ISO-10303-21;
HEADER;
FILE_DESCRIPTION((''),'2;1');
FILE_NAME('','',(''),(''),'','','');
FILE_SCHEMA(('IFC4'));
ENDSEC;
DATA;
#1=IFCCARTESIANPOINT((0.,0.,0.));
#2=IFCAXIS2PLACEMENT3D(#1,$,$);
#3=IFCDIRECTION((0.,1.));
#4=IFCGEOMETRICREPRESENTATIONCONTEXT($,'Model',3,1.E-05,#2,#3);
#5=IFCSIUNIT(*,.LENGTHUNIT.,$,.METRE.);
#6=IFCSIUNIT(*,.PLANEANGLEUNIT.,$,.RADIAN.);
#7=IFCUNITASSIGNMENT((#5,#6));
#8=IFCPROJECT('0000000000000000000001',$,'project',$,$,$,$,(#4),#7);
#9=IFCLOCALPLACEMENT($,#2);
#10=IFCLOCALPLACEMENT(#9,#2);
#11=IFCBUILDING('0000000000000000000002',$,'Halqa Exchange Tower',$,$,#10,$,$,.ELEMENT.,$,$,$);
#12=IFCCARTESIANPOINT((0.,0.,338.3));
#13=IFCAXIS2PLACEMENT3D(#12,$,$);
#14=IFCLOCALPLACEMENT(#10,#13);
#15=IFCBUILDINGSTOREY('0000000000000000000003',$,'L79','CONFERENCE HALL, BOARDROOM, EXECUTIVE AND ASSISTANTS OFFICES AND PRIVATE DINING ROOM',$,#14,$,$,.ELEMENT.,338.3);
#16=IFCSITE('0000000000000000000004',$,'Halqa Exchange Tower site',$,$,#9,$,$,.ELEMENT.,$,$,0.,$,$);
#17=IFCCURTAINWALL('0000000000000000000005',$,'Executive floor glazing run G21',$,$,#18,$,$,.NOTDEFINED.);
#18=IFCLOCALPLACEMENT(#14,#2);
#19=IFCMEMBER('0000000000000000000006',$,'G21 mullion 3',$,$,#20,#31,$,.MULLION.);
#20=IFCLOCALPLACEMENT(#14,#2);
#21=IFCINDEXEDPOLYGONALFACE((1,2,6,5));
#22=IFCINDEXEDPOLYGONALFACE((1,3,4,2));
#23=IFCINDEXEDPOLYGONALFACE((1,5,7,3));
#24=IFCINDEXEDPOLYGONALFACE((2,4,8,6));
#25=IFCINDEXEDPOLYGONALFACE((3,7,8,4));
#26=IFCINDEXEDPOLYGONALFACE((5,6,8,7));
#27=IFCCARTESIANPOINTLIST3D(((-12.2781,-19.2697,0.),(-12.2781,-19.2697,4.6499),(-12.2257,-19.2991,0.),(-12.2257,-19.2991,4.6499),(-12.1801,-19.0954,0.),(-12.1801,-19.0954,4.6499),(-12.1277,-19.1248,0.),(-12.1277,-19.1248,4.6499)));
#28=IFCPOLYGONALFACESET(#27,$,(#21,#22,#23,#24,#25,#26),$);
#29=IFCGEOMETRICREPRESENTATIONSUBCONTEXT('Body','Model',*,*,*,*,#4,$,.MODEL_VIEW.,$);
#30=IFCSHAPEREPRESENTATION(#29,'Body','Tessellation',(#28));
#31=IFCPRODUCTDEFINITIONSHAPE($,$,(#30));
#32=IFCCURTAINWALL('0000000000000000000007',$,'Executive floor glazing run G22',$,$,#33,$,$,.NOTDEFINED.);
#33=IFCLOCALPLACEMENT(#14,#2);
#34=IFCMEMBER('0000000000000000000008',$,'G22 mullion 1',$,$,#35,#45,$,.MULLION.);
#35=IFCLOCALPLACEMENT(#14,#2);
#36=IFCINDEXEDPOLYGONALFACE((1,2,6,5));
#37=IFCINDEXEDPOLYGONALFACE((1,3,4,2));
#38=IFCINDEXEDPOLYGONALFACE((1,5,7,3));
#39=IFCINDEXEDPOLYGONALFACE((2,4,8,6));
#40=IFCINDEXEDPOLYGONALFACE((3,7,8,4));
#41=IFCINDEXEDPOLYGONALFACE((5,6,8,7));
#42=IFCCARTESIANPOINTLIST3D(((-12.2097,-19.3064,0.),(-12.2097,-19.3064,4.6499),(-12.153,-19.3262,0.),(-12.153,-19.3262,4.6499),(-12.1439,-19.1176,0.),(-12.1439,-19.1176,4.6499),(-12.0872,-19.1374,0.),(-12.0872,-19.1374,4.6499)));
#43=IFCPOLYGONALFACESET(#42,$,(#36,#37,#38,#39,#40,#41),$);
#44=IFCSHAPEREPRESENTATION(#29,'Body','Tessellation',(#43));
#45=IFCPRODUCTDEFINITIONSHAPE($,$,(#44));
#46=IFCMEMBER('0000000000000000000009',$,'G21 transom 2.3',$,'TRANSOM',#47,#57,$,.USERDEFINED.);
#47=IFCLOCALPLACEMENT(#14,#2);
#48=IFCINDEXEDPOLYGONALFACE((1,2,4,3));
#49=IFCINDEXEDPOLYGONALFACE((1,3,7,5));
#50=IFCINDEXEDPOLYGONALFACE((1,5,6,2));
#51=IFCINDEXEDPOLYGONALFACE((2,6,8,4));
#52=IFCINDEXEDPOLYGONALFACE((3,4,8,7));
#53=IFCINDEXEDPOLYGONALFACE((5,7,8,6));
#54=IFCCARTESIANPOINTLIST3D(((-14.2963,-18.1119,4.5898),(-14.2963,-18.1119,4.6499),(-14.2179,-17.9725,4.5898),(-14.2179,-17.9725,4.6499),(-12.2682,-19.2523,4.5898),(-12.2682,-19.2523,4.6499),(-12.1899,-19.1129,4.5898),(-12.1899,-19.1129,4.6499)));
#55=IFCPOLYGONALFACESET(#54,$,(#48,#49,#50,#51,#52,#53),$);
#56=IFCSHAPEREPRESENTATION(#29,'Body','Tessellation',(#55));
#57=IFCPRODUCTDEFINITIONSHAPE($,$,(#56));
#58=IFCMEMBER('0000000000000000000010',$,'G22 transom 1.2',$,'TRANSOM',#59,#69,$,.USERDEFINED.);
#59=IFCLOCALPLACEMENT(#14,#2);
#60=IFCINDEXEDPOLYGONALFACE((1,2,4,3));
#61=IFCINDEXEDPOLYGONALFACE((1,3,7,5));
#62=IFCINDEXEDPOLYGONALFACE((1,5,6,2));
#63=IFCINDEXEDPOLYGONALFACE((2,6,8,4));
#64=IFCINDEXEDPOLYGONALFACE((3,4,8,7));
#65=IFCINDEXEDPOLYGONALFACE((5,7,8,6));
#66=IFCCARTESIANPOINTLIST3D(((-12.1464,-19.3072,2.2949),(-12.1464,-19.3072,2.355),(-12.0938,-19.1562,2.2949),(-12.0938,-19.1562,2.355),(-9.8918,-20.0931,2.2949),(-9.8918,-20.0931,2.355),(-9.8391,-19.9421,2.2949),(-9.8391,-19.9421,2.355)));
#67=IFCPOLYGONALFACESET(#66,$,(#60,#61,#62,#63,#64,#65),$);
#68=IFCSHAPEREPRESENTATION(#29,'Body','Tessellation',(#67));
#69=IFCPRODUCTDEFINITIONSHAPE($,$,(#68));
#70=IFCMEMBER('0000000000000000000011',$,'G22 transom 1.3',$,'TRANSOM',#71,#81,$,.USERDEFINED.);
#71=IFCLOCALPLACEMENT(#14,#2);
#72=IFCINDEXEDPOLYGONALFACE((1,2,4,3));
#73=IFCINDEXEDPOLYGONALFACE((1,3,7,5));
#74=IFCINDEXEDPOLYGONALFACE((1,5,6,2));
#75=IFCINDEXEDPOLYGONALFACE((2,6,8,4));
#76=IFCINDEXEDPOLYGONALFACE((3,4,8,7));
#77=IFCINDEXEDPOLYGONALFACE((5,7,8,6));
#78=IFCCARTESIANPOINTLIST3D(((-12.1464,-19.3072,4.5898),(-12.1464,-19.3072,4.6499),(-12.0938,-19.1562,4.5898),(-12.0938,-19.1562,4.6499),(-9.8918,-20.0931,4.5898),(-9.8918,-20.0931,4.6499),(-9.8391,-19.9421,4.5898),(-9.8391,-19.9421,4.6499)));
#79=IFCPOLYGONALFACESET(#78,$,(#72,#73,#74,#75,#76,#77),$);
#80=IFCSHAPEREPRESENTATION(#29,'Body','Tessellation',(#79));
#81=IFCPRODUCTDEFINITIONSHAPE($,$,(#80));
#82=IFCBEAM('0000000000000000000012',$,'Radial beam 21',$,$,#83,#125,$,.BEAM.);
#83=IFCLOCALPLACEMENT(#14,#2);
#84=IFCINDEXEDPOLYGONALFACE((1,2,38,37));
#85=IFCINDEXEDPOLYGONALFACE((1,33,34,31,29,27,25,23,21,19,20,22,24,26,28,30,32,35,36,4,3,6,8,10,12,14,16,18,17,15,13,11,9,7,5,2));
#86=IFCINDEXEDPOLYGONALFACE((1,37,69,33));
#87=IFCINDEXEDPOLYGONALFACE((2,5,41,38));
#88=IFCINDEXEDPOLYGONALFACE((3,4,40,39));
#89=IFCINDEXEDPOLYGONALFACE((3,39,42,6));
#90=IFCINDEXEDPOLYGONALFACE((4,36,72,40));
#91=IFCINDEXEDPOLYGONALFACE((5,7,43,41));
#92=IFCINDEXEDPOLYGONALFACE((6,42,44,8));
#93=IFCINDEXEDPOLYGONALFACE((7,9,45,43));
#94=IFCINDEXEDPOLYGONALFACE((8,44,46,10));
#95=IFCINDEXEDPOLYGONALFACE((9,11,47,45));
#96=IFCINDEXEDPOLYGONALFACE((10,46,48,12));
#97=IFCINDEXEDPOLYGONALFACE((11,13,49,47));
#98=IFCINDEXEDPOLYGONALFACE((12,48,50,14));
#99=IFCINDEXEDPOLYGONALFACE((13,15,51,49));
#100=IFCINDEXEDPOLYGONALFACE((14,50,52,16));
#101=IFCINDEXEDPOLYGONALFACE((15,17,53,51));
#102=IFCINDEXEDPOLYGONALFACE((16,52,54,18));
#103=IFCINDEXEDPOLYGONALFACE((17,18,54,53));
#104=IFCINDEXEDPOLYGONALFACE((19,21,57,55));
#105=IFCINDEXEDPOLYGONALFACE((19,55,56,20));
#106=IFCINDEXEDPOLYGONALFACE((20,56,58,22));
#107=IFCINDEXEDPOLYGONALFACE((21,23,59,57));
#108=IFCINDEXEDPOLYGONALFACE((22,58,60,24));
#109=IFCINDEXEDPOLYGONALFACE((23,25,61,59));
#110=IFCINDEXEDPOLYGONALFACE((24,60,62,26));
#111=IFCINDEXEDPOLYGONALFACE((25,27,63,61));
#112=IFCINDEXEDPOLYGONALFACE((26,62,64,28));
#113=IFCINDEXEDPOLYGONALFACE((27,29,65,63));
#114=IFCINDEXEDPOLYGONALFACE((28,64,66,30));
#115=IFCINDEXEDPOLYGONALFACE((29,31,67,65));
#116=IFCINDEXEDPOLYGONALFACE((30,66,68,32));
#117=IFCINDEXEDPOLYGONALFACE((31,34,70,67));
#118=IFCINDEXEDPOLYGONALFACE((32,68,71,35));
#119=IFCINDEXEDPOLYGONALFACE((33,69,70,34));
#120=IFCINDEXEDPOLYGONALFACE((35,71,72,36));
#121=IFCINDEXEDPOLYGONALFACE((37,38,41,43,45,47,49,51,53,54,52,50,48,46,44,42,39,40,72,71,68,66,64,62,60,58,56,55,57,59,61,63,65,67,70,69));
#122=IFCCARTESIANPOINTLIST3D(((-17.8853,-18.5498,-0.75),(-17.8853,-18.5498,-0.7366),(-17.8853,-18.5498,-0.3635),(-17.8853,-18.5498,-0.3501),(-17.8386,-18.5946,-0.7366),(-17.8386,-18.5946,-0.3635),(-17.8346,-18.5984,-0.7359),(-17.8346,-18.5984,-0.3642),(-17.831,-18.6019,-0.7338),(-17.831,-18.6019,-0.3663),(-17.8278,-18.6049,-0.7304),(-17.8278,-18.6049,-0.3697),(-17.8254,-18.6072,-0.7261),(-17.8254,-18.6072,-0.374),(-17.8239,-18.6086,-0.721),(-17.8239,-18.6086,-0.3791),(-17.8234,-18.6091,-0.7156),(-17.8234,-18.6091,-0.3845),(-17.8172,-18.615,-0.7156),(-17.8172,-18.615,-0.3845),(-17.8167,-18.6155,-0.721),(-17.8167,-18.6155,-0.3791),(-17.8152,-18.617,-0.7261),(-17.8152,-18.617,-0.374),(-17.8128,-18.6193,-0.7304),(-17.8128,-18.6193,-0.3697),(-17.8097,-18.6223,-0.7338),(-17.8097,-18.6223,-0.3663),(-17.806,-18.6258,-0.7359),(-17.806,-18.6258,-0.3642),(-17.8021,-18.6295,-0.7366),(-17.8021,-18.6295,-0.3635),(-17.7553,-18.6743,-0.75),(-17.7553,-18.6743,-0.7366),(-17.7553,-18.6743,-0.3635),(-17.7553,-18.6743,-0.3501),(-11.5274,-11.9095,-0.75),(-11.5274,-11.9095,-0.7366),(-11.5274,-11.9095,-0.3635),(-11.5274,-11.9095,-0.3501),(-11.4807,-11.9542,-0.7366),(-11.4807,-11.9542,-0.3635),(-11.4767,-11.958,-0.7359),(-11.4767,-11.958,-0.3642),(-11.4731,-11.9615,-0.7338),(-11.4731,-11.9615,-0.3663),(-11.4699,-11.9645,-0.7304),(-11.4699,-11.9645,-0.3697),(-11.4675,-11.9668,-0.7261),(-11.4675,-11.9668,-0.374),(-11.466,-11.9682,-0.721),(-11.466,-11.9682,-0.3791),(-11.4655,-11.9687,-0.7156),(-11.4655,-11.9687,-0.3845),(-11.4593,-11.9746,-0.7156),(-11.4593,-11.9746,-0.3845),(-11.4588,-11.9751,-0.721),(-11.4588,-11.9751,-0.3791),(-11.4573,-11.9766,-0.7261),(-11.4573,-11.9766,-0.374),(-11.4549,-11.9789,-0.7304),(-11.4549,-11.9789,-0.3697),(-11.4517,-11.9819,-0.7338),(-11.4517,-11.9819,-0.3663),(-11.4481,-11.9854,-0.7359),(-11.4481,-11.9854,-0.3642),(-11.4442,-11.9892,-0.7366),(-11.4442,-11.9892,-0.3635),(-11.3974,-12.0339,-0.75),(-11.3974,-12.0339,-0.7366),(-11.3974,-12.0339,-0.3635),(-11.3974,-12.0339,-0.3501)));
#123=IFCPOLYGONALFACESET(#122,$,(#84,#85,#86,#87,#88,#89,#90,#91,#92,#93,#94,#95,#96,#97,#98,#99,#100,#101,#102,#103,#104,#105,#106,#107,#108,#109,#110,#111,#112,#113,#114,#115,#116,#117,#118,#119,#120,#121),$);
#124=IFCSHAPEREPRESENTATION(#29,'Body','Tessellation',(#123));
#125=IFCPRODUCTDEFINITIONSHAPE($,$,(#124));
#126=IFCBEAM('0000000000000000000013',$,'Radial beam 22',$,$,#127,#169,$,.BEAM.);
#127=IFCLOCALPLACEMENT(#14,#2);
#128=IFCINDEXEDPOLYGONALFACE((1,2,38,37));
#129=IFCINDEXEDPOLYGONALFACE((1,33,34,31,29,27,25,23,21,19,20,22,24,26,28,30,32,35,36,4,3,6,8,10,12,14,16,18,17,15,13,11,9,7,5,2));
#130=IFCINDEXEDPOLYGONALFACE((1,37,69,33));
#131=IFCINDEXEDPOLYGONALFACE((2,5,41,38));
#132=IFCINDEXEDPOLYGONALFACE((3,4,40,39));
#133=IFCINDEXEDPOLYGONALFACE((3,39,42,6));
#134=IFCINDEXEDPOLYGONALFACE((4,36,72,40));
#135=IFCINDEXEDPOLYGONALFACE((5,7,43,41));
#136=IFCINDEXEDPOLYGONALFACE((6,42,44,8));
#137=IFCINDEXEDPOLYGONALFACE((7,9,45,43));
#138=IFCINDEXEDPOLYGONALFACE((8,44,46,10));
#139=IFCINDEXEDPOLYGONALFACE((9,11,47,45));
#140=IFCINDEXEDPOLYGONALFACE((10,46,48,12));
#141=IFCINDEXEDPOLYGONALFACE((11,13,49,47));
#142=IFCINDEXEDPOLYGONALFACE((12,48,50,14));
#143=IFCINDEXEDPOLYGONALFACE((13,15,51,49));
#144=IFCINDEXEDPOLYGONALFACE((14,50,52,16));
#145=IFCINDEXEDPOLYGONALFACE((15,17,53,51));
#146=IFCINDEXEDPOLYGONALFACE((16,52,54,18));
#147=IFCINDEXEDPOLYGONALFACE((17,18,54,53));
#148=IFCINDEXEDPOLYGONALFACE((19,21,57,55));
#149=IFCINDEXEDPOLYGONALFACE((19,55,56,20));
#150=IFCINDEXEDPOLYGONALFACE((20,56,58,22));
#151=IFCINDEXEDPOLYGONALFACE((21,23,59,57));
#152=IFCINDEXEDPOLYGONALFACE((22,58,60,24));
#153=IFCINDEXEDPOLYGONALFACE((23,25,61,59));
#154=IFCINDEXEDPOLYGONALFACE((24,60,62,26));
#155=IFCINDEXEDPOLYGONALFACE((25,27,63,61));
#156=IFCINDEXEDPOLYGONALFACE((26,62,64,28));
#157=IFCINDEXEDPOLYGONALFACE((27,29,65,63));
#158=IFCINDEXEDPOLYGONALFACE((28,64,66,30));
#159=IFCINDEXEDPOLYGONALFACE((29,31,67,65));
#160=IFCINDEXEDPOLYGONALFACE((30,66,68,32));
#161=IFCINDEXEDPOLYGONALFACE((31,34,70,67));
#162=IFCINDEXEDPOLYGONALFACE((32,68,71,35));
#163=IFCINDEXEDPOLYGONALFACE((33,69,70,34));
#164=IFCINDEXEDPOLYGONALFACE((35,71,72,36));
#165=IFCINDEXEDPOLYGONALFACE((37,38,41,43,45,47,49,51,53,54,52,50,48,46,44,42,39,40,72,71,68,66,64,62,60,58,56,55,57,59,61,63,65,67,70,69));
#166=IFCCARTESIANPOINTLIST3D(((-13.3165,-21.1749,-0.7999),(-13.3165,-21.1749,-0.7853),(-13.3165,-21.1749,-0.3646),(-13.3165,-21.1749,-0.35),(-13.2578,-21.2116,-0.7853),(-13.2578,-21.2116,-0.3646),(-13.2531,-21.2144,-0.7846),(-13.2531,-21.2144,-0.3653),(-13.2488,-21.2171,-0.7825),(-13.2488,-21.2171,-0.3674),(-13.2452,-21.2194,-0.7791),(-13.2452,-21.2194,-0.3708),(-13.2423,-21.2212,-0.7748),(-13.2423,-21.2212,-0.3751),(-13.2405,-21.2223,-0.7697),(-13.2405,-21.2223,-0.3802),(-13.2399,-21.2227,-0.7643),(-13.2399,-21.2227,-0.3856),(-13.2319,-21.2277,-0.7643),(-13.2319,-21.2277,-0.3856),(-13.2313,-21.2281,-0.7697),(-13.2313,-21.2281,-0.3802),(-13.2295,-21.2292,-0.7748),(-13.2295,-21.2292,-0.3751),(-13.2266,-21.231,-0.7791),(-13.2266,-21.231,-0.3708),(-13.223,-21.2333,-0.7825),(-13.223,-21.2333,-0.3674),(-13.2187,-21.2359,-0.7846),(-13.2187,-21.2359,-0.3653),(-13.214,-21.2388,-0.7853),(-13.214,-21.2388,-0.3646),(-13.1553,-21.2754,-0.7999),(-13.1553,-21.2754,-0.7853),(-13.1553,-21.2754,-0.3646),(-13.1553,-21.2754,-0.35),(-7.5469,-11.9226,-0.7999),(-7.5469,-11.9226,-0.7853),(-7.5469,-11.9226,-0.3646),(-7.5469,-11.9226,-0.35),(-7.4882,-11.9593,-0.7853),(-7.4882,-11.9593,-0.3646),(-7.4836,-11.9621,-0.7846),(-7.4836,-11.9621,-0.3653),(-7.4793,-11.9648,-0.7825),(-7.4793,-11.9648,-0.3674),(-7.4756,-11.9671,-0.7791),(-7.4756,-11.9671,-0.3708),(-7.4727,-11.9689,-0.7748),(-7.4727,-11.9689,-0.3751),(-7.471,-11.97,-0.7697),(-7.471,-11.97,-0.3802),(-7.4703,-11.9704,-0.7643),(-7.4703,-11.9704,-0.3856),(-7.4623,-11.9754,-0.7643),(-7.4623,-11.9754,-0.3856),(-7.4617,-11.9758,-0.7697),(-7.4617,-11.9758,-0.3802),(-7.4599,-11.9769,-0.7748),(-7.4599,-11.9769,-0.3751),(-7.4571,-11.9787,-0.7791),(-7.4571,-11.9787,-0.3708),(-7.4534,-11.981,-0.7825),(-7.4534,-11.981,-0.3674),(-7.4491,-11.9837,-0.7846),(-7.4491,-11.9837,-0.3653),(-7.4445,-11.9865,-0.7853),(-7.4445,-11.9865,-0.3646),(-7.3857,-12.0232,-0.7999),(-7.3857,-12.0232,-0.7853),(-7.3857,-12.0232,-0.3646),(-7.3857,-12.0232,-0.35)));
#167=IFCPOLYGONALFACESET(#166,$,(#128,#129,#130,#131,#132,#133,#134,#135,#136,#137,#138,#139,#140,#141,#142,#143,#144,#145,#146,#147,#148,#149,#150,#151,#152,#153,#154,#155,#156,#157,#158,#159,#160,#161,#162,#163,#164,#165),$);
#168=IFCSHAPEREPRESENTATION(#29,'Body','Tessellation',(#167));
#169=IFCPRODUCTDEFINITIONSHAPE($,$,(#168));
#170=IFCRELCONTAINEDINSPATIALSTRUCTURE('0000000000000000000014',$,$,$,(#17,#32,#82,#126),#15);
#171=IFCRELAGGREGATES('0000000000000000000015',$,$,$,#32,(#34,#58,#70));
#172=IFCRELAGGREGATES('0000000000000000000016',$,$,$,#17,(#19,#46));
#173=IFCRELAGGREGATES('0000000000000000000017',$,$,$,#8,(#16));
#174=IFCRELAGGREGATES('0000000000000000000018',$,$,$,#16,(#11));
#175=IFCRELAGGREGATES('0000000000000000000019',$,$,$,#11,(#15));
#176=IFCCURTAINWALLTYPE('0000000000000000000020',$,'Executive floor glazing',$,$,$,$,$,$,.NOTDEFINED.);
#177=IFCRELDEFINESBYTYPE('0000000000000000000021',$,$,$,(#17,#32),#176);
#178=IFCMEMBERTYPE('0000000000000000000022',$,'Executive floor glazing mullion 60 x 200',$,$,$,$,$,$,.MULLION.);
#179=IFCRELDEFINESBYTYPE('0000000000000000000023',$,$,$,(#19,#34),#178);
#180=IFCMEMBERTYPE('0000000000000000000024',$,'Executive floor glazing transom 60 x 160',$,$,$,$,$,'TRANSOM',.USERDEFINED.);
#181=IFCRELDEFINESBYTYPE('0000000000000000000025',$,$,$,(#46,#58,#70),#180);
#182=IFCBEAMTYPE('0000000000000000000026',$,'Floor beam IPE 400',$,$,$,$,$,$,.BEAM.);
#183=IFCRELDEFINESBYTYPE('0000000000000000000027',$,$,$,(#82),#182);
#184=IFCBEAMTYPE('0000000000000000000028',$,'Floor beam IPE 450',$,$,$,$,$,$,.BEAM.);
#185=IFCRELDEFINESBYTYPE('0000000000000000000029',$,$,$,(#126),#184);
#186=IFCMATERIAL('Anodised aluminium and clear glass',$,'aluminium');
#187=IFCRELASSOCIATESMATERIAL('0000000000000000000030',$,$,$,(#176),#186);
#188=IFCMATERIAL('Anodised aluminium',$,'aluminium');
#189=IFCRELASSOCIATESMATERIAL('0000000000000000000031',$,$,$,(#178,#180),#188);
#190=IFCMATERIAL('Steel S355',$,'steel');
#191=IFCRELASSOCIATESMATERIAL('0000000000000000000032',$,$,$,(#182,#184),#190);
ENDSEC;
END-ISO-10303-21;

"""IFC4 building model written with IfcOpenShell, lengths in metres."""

from ifc_helpers import new_model, si_unit, direction, frame, origin, origin_2d, place, context, subcontext, project, spatial, rectangle, i_section, extrude, material, material_profile, profile_set, type_object, element, aggregate, save


model = new_model("IFC4")

# Units and contexts
model_context = context("Model", 3, precision=1e-05, world=origin(), true_north=direction((0.0, 1.0)))
body_context = subcontext(model_context, "Body", "Model", "MODEL_VIEW")
ifc_project = project(units=[si_unit("LENGTHUNIT", "METRE"), si_unit("PLANEANGLEUNIT", "RADIAN")], contexts=[model_context])

# Site, building, storey
site_placement = place(None, origin())
site = spatial("IfcSite", under=ifc_project, at=site_placement, Name="Halqa Exchange Tower site", CompositionType="ELEMENT", RefElevation=0.0)
building_placement = place(site_placement, origin())
building = spatial("IfcBuilding", under=site, at=building_placement, Name="Halqa Exchange Tower", CompositionType="ELEMENT")
storey_placement = place(building_placement, frame((0.0, 0.0, 338.3)))
storey = spatial("IfcBuildingStorey", under=building, at=storey_placement, Name="L79", Description="CONFERENCE HALL, BOARDROOM, EXECUTIVE AND ASSISTANTS OFFICES AND PRIVATE DINING ROOM", CompositionType="ELEMENT", Elevation=338.3)

# Curtain walls, members
ifc_material_1 = material(Name="Anodised aluminium and clear glass", Category="aluminium")
curtain_wall_type = type_object("IfcCurtainWallType", Name="Executive floor glazing", PredefinedType="NOTDEFINED", material=ifc_material_1)
curtain_wall_1_placement = place(storey_placement, origin())
curtain_wall_1 = element("IfcCurtainWall", 1, at=curtain_wall_1_placement, inside=storey, type_object=curtain_wall_type, Name="Executive floor glazing run G21", PredefinedType="NOTDEFINED")
ifc_material_2 = material(Name="Anodised aluminium", Category="aluminium")
ifc_material_profile_1 = material_profile(ifc_material_2, rectangle(XDim=0.2, YDim=0.0601, at=origin_2d()), Name="AL 60x200")
ifc_profile_set_1 = profile_set([ifc_material_profile_1], Name="Anodised aluminium")
member_type_1 = type_object("IfcMemberType", Name="Executive floor glazing mullion 60 x 200", PredefinedType="MULLION", material=ifc_profile_set_1)
member_1_placement = place(storey_placement, frame((-12.2029, -19.1973, 0.0), z_axis=(0.0, 0.0, 1.0), x_axis=(0.490158, 0.871634, 0.0)))
member_1 = element("IfcMember", 2, at=member_1_placement, type_object=member_type_1, Name="G21 mullion 3", PredefinedType="MULLION", context=body_context, shape_type="SweptSolid", body=[
    extrude(rectangle(XDim=0.2, YDim=0.0601, at=origin_2d()), origin(), (0.0, 0.0, 1.0), 4.6499),
])
curtain_wall_2_placement = place(storey_placement, origin())
curtain_wall_2 = element("IfcCurtainWall", 3, at=curtain_wall_2_placement, inside=storey, type_object=curtain_wall_type, Name="Executive floor glazing run G22", PredefinedType="NOTDEFINED")
member_2_placement = place(storey_placement, frame((-12.1484, -19.2219, 0.0), z_axis=(0.0, 0.0, 1.0), x_axis=(0.32916, 0.944274, 0.0)))
member_2 = element("IfcMember", 4, at=member_2_placement, type_object=member_type_1, Name="G22 mullion 1", PredefinedType="MULLION", context=body_context, shape_type="SweptSolid", body=[
    extrude(rectangle(XDim=0.2, YDim=0.0601, at=origin_2d()), origin(), (0.0, 0.0, 1.0), 4.6499),
])

# Members
ifc_material_profile_2 = material_profile(ifc_material_2, rectangle(XDim=0.1599, YDim=0.0601, at=origin_2d()), Name="AL 60x160")
ifc_profile_set_2 = profile_set([ifc_material_profile_2], Name="Anodised aluminium")
member_type_2 = type_object("IfcMemberType", Name="Executive floor glazing transom 60 x 160", ElementType="TRANSOM", PredefinedType="USERDEFINED", material=ifc_profile_set_2)
member_3_placement = place(storey_placement, frame((-14.2571, -18.0422, 4.6199), z_axis=(0.871651, -0.490127, 0.0), x_axis=(0.490127, 0.871651, 0.0)))
member_3 = element("IfcMember", 5, at=member_3_placement, type_object=member_type_2, Name="G21 transom 2.3", ObjectType="TRANSOM", PredefinedType="USERDEFINED", context=body_context, shape_type="SweptSolid", body=[
    extrude(rectangle(XDim=0.1599, YDim=0.0601, at=origin_2d()), origin(), (0.0, 0.0, 1.0), 2.3267),
])
member_4_placement = place(storey_placement, frame((-12.1201, -19.2317, 2.325), z_axis=(0.94428, -0.329143, 0.0), x_axis=(0.329143, 0.94428, 0.0)))
member_4 = element("IfcMember", 6, at=member_4_placement, type_object=member_type_2, Name="G22 transom 1.2", ObjectType="TRANSOM", PredefinedType="USERDEFINED", context=body_context, shape_type="SweptSolid", body=[
    extrude(rectangle(XDim=0.1599, YDim=0.0601, at=origin_2d()), origin(), (0.0, 0.0, 1.0), 2.3877),
])
member_5_placement = place(storey_placement, frame((-12.1201, -19.2317, 4.6199), z_axis=(0.94428, -0.329143, 0.0), x_axis=(0.329143, 0.94428, 0.0)))
member_5 = element("IfcMember", 7, at=member_5_placement, type_object=member_type_2, Name="G22 transom 1.3", ObjectType="TRANSOM", PredefinedType="USERDEFINED", context=body_context, shape_type="SweptSolid", body=[
    extrude(rectangle(XDim=0.1599, YDim=0.0601, at=origin_2d()), origin(), (0.0, 0.0, 1.0), 2.3877),
])
aggregate(curtain_wall_2, [member_2, member_4, member_5])

# Beams
ifc_material_3 = material(Name="Steel S355", Category="steel")
ifc_material_profile_3 = material_profile(ifc_material_3, i_section(OverallWidth=0.1799, OverallDepth=0.3999, WebThickness=0.0085, FlangeThickness=0.0134, FilletRadius=0.021, at=origin_2d()), Name="IPE 400")
ifc_profile_set_3 = profile_set([ifc_material_profile_3], Name="Steel S355")
beam_type_1 = type_object("IfcBeamType", Name="Floor beam IPE 400", PredefinedType="BEAM", material=ifc_profile_set_3)
beam_1_placement = place(storey_placement, frame((-11.4624, -11.9717, -0.55), z_axis=(-0.691577, -0.722303, 0.0), x_axis=(0.722303, -0.691577, 0.0)))
element("IfcBeam", 8, at=beam_1_placement, inside=storey, type_object=beam_type_1, Name="Radial beam 21", PredefinedType="BEAM", context=body_context, shape_type="SweptSolid", body=[
    extrude(i_section(OverallWidth=0.1799, OverallDepth=0.3999, WebThickness=0.0085, FlangeThickness=0.0134, FilletRadius=0.021, at=origin_2d()), origin(), (0.0, 0.0, 1.0), 9.1934),
])
ifc_material_profile_4 = material_profile(ifc_material_3, i_section(OverallWidth=0.1899, OverallDepth=0.45, WebThickness=0.0095, FlangeThickness=0.0146, FilletRadius=0.021, at=origin_2d()), Name="IPE 450")
ifc_profile_set_4 = profile_set([ifc_material_profile_4], Name="Steel S355")
beam_type_2 = type_object("IfcBeamType", Name="Floor beam IPE 450", PredefinedType="BEAM", material=ifc_profile_set_4)
beam_2_placement = place(storey_placement, frame((-7.4663, -11.9729, -0.575), z_axis=(-0.529135, -0.848538, 0.0), x_axis=(0.848538, -0.529135, 0.0)))
element("IfcBeam", 9, at=beam_2_placement, inside=storey, type_object=beam_type_2, Name="Radial beam 22", PredefinedType="BEAM", context=body_context, shape_type="SweptSolid", body=[
    extrude(i_section(OverallWidth=0.1899, OverallDepth=0.45, WebThickness=0.0095, FlangeThickness=0.0146, FilletRadius=0.021, at=origin_2d()), origin(), (0.0, 0.0, 1.0), 10.9038),
])

aggregate(curtain_wall_1, [member_1, member_3])

save(model, "model.ifc")
